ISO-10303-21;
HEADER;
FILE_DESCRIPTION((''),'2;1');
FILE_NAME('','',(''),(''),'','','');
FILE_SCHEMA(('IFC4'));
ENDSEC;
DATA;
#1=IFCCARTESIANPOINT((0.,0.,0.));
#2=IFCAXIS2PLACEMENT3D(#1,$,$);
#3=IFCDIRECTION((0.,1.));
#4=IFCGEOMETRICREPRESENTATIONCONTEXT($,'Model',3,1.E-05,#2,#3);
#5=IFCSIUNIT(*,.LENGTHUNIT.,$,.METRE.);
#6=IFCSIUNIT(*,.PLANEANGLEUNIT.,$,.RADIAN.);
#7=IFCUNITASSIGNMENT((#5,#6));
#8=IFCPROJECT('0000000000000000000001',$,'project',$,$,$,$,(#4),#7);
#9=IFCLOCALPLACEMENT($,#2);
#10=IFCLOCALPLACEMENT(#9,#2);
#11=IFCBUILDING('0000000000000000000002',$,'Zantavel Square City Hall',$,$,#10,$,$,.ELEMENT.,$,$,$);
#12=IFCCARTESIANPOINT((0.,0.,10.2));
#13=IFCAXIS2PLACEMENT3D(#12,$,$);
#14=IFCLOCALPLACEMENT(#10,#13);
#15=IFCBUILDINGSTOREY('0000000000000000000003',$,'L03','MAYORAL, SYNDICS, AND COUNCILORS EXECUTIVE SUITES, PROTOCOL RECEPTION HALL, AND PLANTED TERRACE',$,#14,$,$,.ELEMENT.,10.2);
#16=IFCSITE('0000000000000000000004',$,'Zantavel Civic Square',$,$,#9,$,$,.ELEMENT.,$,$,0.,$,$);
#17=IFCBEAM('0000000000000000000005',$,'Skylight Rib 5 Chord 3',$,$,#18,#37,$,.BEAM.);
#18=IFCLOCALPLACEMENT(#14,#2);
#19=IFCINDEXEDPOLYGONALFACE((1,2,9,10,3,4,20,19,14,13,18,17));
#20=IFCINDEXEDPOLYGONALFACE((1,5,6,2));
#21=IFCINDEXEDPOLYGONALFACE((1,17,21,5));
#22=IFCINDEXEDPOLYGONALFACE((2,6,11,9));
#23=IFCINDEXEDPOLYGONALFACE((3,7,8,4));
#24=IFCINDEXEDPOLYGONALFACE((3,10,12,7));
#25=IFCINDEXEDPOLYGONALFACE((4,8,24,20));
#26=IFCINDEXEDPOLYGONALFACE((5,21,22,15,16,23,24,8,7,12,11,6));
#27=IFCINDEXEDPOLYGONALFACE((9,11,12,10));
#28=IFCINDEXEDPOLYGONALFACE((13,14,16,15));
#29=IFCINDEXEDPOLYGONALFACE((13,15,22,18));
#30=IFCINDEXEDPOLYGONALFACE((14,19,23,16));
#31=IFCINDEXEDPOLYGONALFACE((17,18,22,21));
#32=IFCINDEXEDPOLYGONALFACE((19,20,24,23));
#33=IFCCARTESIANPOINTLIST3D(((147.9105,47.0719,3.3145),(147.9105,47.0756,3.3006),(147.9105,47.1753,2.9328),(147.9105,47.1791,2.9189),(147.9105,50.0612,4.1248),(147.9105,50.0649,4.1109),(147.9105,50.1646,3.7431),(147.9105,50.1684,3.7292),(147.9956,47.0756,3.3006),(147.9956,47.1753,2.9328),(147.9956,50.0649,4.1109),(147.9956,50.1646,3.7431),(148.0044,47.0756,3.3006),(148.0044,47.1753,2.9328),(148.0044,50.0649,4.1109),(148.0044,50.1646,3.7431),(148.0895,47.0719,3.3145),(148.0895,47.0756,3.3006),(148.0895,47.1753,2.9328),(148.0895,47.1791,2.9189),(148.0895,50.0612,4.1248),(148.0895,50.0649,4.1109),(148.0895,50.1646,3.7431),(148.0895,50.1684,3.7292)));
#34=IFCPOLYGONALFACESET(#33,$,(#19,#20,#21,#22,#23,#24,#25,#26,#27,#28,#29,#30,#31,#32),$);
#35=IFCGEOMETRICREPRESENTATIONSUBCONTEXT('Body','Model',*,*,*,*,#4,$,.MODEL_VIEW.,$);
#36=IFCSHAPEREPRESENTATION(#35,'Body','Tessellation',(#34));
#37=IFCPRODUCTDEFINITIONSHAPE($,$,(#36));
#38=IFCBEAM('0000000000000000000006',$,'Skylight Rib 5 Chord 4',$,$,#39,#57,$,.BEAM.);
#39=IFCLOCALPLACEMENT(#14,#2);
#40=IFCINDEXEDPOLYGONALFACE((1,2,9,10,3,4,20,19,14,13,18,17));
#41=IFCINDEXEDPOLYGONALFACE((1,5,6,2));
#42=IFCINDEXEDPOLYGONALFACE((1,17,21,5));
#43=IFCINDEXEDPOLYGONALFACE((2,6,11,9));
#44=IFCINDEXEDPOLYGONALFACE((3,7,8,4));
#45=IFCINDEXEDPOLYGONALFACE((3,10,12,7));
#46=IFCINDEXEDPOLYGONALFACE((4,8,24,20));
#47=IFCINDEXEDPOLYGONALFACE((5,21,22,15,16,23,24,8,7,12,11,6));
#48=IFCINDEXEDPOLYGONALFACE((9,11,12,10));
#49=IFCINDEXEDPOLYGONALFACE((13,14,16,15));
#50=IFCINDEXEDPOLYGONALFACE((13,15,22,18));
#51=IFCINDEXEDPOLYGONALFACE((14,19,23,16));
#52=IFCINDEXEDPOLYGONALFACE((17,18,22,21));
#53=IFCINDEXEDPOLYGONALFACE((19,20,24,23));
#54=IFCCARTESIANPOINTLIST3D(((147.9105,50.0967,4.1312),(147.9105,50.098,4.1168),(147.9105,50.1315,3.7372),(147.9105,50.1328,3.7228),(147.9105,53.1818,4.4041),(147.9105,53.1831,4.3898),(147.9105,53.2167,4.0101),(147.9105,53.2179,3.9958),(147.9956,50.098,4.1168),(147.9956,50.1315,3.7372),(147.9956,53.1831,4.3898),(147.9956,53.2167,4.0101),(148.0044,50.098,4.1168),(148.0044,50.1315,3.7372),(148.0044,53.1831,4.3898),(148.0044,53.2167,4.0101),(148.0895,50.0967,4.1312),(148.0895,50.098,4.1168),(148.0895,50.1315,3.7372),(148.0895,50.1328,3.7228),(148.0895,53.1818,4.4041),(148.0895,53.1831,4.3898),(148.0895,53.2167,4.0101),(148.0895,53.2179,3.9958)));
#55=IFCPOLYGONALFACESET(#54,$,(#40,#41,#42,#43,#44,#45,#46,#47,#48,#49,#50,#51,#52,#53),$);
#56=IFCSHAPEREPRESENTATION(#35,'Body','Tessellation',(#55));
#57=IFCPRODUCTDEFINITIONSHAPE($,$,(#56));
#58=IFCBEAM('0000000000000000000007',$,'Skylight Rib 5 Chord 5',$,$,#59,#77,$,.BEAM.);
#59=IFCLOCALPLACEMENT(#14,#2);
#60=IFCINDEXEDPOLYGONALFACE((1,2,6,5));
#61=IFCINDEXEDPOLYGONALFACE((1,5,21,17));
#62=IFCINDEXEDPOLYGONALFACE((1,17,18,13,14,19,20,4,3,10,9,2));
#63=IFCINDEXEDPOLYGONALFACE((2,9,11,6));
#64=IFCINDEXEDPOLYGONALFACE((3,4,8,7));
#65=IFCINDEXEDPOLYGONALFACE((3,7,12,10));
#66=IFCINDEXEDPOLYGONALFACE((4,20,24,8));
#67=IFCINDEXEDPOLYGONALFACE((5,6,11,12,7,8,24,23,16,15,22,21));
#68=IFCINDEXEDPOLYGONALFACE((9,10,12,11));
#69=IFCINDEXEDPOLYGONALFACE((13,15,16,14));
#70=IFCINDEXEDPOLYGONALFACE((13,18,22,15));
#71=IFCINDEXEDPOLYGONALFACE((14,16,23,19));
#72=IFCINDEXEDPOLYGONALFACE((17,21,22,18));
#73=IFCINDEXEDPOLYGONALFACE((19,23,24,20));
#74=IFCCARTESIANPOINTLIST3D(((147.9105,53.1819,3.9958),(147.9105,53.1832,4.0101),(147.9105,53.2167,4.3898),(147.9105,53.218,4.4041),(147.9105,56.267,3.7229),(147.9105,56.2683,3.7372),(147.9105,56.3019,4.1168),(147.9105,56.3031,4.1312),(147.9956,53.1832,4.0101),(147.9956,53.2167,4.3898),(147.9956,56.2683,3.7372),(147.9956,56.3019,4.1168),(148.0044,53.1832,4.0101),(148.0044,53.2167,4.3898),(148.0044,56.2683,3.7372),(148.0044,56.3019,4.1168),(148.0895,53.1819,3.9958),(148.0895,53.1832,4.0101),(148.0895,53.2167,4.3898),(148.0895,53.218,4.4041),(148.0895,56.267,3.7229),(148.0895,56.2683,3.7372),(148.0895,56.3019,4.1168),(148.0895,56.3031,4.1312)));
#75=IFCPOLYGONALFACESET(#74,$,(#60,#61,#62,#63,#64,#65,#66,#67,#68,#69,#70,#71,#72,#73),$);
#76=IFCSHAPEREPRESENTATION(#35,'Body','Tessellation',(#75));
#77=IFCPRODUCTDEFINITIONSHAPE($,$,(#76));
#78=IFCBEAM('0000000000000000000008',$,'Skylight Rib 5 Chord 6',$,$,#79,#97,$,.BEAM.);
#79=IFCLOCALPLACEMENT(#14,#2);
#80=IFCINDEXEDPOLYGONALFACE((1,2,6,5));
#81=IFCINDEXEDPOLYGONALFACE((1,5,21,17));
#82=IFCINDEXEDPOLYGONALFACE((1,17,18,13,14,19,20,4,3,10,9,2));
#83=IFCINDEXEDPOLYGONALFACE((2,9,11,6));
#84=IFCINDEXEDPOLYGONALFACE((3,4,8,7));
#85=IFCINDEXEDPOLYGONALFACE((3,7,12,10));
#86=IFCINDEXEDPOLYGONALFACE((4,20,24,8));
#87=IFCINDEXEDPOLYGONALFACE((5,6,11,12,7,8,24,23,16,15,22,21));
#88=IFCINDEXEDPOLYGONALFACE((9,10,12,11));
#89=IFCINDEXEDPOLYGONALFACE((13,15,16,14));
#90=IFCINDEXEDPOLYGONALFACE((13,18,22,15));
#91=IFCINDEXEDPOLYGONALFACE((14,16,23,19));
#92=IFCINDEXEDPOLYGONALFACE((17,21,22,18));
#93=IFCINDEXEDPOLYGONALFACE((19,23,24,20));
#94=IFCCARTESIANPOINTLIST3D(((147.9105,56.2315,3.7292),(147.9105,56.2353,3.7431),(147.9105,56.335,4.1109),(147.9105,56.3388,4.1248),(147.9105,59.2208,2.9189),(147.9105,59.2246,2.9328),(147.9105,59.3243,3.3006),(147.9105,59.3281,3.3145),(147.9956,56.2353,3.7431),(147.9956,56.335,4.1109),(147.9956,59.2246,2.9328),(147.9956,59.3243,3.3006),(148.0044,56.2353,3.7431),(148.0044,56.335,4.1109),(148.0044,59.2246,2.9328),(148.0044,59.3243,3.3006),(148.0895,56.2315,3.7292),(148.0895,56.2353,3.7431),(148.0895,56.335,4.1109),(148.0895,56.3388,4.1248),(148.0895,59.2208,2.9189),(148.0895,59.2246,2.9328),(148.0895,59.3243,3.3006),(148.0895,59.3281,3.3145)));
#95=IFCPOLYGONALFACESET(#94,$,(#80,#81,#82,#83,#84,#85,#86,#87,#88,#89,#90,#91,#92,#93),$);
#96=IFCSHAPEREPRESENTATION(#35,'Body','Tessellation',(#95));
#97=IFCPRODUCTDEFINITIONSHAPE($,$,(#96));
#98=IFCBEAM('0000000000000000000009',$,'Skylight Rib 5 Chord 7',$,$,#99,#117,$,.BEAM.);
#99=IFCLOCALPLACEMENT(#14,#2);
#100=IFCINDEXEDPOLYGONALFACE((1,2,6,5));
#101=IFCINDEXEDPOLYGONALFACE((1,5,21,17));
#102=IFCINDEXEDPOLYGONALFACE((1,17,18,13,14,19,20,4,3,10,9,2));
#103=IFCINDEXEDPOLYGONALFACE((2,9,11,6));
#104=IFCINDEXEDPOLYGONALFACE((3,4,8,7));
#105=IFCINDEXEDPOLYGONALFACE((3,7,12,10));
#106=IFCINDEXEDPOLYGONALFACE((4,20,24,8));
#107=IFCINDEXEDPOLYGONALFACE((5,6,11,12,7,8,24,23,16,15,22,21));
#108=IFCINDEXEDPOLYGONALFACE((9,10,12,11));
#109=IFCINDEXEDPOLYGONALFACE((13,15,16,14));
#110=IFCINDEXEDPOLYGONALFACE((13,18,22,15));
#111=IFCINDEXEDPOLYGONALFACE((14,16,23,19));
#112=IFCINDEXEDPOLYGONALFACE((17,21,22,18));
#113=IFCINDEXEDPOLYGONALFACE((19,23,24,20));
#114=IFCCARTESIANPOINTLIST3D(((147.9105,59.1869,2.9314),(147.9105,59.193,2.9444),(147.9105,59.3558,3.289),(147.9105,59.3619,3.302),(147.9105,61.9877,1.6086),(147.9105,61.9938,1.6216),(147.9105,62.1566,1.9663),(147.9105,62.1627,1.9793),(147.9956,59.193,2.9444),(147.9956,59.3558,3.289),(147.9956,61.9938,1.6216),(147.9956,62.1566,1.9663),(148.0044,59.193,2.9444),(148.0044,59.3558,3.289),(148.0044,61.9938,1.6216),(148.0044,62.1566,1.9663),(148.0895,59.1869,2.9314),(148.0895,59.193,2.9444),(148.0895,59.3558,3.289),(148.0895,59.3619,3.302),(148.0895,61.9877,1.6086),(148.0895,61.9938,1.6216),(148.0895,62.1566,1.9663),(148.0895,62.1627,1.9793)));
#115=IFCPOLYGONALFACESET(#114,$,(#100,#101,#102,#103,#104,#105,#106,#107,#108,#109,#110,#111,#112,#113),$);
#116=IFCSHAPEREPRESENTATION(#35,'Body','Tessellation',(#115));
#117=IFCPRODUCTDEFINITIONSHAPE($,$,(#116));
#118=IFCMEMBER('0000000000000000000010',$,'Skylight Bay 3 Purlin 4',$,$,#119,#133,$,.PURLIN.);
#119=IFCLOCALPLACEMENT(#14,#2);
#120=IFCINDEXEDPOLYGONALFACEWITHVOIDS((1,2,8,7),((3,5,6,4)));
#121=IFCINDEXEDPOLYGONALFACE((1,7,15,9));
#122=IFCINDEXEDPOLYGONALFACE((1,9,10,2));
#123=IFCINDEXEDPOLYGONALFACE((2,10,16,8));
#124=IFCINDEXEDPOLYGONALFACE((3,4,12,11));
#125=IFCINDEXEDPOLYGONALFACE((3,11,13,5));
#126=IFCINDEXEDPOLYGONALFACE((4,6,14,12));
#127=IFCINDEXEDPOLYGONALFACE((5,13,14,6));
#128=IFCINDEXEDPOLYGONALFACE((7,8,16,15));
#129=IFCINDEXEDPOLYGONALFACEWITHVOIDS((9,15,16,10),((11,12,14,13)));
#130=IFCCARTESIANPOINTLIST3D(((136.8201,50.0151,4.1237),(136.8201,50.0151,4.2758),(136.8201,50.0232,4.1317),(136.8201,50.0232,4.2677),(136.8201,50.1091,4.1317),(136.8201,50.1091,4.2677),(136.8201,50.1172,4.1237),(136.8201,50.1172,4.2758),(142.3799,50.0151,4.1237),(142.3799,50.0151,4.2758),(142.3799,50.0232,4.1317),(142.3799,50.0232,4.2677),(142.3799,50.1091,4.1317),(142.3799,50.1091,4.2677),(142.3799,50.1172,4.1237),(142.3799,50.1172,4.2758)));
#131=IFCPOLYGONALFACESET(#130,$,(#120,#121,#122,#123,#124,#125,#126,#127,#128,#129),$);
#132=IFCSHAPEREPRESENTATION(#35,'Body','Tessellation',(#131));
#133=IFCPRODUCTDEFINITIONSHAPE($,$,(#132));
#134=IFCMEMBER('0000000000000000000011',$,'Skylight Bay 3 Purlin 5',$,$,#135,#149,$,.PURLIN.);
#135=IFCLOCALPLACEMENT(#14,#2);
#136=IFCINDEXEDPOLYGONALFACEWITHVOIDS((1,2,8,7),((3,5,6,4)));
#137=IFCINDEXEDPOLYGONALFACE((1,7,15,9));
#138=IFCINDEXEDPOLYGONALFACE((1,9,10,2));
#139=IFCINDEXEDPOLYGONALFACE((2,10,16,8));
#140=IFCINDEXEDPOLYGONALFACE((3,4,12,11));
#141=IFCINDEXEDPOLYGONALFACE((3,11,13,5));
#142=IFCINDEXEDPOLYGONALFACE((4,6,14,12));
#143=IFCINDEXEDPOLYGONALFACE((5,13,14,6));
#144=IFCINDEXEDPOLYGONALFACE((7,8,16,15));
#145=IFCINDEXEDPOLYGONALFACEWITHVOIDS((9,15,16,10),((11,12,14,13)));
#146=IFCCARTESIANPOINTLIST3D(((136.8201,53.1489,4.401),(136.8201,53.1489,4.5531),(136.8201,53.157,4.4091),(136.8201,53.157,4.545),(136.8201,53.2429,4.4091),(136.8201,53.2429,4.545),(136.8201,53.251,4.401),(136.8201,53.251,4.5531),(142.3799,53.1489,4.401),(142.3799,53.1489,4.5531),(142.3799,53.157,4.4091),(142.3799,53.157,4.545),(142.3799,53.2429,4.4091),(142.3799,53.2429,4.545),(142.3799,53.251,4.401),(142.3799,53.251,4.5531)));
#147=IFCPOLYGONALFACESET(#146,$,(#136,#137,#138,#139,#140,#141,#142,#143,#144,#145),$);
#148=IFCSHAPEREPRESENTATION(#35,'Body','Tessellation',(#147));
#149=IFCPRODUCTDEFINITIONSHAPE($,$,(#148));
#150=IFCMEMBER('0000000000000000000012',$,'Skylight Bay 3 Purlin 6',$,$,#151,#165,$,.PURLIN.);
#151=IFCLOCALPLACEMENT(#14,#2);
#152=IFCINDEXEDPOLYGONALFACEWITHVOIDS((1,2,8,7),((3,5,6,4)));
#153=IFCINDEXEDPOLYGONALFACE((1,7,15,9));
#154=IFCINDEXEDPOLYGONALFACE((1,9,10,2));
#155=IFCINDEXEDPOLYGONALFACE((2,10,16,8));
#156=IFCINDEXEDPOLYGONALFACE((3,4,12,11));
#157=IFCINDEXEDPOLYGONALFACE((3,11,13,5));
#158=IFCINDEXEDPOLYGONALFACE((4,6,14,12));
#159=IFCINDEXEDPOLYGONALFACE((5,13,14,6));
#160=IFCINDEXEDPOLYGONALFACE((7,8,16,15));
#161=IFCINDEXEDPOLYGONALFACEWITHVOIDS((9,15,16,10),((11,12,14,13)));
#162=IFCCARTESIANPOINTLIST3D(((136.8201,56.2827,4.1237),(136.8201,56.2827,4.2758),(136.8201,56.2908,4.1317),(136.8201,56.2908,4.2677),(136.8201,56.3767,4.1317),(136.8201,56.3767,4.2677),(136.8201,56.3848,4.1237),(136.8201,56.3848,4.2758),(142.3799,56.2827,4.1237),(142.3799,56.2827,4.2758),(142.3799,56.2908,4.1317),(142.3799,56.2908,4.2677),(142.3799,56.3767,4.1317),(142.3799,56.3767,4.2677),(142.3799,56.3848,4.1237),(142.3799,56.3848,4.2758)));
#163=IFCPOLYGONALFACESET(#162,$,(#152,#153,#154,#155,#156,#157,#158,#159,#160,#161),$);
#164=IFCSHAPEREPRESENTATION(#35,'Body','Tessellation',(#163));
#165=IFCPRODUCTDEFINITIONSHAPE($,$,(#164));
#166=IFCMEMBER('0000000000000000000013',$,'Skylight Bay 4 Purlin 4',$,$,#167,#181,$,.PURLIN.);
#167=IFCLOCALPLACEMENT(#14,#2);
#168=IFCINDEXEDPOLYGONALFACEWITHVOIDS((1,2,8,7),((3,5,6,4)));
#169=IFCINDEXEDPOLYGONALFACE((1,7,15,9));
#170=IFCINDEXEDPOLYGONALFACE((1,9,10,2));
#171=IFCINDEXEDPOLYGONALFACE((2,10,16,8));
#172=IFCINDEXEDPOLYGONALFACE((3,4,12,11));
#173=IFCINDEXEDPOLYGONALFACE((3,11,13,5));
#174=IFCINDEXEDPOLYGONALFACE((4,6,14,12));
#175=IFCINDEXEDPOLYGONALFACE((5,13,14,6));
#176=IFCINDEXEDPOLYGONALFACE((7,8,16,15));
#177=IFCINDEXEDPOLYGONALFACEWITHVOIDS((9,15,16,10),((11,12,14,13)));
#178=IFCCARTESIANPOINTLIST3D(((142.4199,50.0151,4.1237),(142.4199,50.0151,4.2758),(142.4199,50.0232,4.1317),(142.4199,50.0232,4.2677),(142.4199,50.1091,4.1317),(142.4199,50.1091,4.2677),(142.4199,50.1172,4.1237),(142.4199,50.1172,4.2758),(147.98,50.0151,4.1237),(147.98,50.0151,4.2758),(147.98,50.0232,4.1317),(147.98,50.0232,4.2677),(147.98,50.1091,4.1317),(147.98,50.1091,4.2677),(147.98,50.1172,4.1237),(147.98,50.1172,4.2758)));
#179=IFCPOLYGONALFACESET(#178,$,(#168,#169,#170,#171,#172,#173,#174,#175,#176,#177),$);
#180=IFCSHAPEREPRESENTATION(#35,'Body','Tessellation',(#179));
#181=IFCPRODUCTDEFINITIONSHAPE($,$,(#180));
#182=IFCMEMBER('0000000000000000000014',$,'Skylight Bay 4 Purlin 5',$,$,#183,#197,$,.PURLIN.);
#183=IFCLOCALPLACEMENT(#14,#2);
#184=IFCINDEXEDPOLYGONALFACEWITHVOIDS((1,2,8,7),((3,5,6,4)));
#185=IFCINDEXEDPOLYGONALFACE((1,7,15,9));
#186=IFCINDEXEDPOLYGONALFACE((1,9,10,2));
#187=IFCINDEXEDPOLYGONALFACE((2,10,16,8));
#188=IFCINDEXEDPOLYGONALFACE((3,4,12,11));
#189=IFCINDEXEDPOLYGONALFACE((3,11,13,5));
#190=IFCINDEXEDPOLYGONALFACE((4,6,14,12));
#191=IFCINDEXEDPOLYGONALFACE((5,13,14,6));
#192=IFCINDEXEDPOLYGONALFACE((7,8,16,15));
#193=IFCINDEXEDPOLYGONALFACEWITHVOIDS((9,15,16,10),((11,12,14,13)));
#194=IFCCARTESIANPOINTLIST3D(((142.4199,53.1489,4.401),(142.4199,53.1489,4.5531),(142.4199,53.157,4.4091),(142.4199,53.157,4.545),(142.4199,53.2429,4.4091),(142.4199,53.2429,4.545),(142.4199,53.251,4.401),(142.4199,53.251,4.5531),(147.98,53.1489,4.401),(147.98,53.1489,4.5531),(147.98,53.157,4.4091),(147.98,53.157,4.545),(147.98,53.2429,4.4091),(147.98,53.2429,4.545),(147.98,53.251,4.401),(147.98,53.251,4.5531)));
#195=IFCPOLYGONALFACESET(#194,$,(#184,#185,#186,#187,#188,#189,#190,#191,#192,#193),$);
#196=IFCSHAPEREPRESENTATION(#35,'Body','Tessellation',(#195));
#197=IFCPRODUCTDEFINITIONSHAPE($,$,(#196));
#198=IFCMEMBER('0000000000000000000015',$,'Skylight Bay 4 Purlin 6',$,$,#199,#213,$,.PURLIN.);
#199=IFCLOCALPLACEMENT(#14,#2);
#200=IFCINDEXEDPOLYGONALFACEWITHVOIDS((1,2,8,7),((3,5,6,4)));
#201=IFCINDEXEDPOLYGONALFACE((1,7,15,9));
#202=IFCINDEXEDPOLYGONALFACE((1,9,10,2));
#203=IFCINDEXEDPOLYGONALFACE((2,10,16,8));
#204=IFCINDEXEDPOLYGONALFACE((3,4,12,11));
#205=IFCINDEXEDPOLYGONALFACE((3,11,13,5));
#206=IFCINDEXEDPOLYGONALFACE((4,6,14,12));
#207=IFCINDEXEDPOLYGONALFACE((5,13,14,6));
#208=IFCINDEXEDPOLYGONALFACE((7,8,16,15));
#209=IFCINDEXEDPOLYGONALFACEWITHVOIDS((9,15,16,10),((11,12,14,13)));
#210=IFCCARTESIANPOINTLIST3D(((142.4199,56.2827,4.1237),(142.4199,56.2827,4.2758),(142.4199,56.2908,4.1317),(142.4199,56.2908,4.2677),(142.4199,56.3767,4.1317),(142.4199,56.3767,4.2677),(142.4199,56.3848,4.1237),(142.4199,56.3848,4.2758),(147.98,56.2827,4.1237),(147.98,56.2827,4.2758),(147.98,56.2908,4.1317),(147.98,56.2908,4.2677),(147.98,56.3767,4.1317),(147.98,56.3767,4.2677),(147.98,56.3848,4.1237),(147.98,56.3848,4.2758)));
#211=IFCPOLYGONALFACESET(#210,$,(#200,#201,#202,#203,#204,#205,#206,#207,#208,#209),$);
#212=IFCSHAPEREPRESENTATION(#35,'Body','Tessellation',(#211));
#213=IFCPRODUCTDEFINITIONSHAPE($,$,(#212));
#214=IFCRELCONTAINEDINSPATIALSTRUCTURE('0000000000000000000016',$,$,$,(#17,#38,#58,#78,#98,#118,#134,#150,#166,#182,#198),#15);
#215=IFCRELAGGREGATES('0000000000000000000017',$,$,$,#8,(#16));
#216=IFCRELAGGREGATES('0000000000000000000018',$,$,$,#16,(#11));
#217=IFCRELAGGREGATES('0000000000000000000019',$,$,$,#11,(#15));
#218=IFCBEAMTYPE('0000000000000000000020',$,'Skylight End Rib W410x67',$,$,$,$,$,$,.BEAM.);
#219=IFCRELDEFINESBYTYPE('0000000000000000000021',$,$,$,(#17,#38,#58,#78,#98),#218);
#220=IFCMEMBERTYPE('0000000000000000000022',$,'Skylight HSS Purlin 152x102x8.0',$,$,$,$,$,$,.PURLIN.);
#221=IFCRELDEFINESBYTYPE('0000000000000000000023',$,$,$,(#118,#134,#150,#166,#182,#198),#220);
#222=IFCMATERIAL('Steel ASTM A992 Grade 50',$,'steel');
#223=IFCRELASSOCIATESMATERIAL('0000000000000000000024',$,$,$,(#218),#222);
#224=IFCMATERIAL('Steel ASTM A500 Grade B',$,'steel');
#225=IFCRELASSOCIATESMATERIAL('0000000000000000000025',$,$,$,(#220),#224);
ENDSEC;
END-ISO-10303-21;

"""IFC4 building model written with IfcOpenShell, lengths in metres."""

from ifc_helpers import new_model, si_unit, direction, frame, origin, origin_2d, place, context, subcontext, project, spatial, hollow_rectangle, i_section, extrude, material, material_profile, profile_set, type_object, element, save


model = new_model("IFC4")

# Units and contexts
model_context = context("Model", 3, precision=1e-05, world=origin(), true_north=direction((0.0, 1.0)))
body_context = subcontext(model_context, "Body", "Model", "MODEL_VIEW")
ifc_project = project(units=[si_unit("LENGTHUNIT", "METRE"), si_unit("PLANEANGLEUNIT", "RADIAN")], contexts=[model_context])

# Site, building, storey
site_placement = place(None, origin())
site = spatial("IfcSite", under=ifc_project, at=site_placement, Name="Zantavel Civic Square", CompositionType="ELEMENT", RefElevation=0.0)
building_placement = place(site_placement, origin())
building = spatial("IfcBuilding", under=site, at=building_placement, Name="Zantavel Square City Hall", CompositionType="ELEMENT")
storey_placement = place(building_placement, frame((0.0, 0.0, 10.2)))
storey = spatial("IfcBuildingStorey", under=building, at=storey_placement, Name="L03", Description="MAYORAL, SYNDICS, AND COUNCILORS EXECUTIVE SUITES, PROTOCOL RECEPTION HALL, AND PLANTED TERRACE", CompositionType="ELEMENT", Elevation=10.2)

# Beams
ifc_material_1 = material(Name="Steel ASTM A992 Grade 50", Category="steel")
ifc_material_profile_1 = material_profile(ifc_material_1, i_section(OverallWidth=0.179, OverallDepth=0.4099, WebThickness=0.0088, FlangeThickness=0.0144, at=origin_2d()), Name="W410x67")
ifc_profile_set_1 = profile_set([ifc_material_profile_1], Name="Steel ASTM A992 Grade 50")
beam_type_1 = type_object("IfcBeamType", Name="Skylight End Rib W410x67", PredefinedType="BEAM", material=ifc_profile_set_1)
for number, where, z_axis, x_axis, name in (
    (1, (148.0, 47.1255, 3.1167), (0.0, 0.965168, 0.26163), (-1.0, 0.0, 0.0), "Skylight Rib 5 Chord 3"),
    (2, (148.0, 50.1147, 3.927), (0.0, 0.996109, 0.088126), (-1.0, 0.0, 0.0), "Skylight Rib 5 Chord 4"),
    (3, (148.0, 53.2, 4.2), (0.0, 0.996109, -0.088126), (-1.0, 0.0, 0.0), "Skylight Rib 5 Chord 5"),
    (4, (148.0, 56.2852, 3.927), (0.0, 0.965168, -0.26163), (-1.0, 0.0, 0.0), "Skylight Rib 5 Chord 6"),
):
    element("IfcBeam", number, at=place(storey_placement, frame(where, z_axis=z_axis, x_axis=x_axis)), inside=storey, type_object=beam_type_1, Name=name, PredefinedType="BEAM", context=body_context, shape_type="SweptSolid", body=[
        extrude(i_section(OverallWidth=0.179, OverallDepth=0.4099, WebThickness=0.0088, FlangeThickness=0.0144, at=origin_2d()), origin(), (0.0, 0.0, 1.0), 3.0972),
    ])
beam_1_placement = place(storey_placement, frame((148.0, 59.2744, 3.1167), z_axis=(0.0, 0.904228, -0.427049), x_axis=(-1.0, 0.0, 0.0)))
element("IfcBeam", 5, at=beam_1_placement, inside=storey, type_object=beam_type_1, Name="Skylight Rib 5 Chord 7", PredefinedType="BEAM", context=body_context, shape_type="SweptSolid", body=[
    extrude(i_section(OverallWidth=0.179, OverallDepth=0.4099, WebThickness=0.0088, FlangeThickness=0.0144, at=origin_2d()), origin(), (0.0, 0.0, 1.0), 3.0974),
])

# Members
ifc_material_2 = material(Name="Steel ASTM A500 Grade B", Category="steel")
ifc_material_profile_2 = material_profile(ifc_material_2, hollow_rectangle(XDim=0.1021, YDim=0.1521, WallThickness=0.0081, at=origin_2d()), Name="HSS 152x102x8.0")
ifc_profile_set_2 = profile_set([ifc_material_profile_2], Name="Steel ASTM A500 Grade B")
member_type = type_object("IfcMemberType", Name="Skylight HSS Purlin 152x102x8.0", PredefinedType="PURLIN", material=ifc_profile_set_2)
for number, where, z_axis, x_axis, name in (
    (6, (136.8201, 50.0662, 4.1997), (1.0, 0.0, 0.0), (0.0, 1.0, 0.0), "Skylight Bay 3 Purlin 4"),
    (7, (136.8201, 53.2, 4.4771), (1.0, 0.0, 0.0), (0.0, 1.0, 0.0), "Skylight Bay 3 Purlin 5"),
    (8, (136.8201, 56.3337, 4.1997), (1.0, 0.0, 0.0), (0.0, 1.0, 0.0), "Skylight Bay 3 Purlin 6"),
):
    element("IfcMember", number, at=place(storey_placement, frame(where, z_axis=z_axis, x_axis=x_axis)), inside=storey, type_object=member_type, Name=name, PredefinedType="PURLIN", context=body_context, shape_type="SweptSolid", body=[
        extrude(hollow_rectangle(XDim=0.1021, YDim=0.1521, WallThickness=0.0081, at=origin_2d()), origin(), (0.0, 0.0, 1.0), 5.5598),
    ])
for number, where, z_axis, x_axis, name in (
    (9, (142.4199, 50.0662, 4.1997), (1.0, 0.0, 0.0), (0.0, 1.0, 0.0), "Skylight Bay 4 Purlin 4"),
    (10, (142.4199, 53.2, 4.4771), (1.0, 0.0, 0.0), (0.0, 1.0, 0.0), "Skylight Bay 4 Purlin 5"),
    (11, (142.4199, 56.3337, 4.1997), (1.0, 0.0, 0.0), (0.0, 1.0, 0.0), "Skylight Bay 4 Purlin 6"),
):
    element("IfcMember", number, at=place(storey_placement, frame(where, z_axis=z_axis, x_axis=x_axis)), inside=storey, type_object=member_type, Name=name, PredefinedType="PURLIN", context=body_context, shape_type="SweptSolid", body=[
        extrude(hollow_rectangle(XDim=0.1021, YDim=0.1521, WallThickness=0.0081, at=origin_2d()), origin(), (0.0, 0.0, 1.0), 5.5601),
    ])

save(model, "model.ifc")
